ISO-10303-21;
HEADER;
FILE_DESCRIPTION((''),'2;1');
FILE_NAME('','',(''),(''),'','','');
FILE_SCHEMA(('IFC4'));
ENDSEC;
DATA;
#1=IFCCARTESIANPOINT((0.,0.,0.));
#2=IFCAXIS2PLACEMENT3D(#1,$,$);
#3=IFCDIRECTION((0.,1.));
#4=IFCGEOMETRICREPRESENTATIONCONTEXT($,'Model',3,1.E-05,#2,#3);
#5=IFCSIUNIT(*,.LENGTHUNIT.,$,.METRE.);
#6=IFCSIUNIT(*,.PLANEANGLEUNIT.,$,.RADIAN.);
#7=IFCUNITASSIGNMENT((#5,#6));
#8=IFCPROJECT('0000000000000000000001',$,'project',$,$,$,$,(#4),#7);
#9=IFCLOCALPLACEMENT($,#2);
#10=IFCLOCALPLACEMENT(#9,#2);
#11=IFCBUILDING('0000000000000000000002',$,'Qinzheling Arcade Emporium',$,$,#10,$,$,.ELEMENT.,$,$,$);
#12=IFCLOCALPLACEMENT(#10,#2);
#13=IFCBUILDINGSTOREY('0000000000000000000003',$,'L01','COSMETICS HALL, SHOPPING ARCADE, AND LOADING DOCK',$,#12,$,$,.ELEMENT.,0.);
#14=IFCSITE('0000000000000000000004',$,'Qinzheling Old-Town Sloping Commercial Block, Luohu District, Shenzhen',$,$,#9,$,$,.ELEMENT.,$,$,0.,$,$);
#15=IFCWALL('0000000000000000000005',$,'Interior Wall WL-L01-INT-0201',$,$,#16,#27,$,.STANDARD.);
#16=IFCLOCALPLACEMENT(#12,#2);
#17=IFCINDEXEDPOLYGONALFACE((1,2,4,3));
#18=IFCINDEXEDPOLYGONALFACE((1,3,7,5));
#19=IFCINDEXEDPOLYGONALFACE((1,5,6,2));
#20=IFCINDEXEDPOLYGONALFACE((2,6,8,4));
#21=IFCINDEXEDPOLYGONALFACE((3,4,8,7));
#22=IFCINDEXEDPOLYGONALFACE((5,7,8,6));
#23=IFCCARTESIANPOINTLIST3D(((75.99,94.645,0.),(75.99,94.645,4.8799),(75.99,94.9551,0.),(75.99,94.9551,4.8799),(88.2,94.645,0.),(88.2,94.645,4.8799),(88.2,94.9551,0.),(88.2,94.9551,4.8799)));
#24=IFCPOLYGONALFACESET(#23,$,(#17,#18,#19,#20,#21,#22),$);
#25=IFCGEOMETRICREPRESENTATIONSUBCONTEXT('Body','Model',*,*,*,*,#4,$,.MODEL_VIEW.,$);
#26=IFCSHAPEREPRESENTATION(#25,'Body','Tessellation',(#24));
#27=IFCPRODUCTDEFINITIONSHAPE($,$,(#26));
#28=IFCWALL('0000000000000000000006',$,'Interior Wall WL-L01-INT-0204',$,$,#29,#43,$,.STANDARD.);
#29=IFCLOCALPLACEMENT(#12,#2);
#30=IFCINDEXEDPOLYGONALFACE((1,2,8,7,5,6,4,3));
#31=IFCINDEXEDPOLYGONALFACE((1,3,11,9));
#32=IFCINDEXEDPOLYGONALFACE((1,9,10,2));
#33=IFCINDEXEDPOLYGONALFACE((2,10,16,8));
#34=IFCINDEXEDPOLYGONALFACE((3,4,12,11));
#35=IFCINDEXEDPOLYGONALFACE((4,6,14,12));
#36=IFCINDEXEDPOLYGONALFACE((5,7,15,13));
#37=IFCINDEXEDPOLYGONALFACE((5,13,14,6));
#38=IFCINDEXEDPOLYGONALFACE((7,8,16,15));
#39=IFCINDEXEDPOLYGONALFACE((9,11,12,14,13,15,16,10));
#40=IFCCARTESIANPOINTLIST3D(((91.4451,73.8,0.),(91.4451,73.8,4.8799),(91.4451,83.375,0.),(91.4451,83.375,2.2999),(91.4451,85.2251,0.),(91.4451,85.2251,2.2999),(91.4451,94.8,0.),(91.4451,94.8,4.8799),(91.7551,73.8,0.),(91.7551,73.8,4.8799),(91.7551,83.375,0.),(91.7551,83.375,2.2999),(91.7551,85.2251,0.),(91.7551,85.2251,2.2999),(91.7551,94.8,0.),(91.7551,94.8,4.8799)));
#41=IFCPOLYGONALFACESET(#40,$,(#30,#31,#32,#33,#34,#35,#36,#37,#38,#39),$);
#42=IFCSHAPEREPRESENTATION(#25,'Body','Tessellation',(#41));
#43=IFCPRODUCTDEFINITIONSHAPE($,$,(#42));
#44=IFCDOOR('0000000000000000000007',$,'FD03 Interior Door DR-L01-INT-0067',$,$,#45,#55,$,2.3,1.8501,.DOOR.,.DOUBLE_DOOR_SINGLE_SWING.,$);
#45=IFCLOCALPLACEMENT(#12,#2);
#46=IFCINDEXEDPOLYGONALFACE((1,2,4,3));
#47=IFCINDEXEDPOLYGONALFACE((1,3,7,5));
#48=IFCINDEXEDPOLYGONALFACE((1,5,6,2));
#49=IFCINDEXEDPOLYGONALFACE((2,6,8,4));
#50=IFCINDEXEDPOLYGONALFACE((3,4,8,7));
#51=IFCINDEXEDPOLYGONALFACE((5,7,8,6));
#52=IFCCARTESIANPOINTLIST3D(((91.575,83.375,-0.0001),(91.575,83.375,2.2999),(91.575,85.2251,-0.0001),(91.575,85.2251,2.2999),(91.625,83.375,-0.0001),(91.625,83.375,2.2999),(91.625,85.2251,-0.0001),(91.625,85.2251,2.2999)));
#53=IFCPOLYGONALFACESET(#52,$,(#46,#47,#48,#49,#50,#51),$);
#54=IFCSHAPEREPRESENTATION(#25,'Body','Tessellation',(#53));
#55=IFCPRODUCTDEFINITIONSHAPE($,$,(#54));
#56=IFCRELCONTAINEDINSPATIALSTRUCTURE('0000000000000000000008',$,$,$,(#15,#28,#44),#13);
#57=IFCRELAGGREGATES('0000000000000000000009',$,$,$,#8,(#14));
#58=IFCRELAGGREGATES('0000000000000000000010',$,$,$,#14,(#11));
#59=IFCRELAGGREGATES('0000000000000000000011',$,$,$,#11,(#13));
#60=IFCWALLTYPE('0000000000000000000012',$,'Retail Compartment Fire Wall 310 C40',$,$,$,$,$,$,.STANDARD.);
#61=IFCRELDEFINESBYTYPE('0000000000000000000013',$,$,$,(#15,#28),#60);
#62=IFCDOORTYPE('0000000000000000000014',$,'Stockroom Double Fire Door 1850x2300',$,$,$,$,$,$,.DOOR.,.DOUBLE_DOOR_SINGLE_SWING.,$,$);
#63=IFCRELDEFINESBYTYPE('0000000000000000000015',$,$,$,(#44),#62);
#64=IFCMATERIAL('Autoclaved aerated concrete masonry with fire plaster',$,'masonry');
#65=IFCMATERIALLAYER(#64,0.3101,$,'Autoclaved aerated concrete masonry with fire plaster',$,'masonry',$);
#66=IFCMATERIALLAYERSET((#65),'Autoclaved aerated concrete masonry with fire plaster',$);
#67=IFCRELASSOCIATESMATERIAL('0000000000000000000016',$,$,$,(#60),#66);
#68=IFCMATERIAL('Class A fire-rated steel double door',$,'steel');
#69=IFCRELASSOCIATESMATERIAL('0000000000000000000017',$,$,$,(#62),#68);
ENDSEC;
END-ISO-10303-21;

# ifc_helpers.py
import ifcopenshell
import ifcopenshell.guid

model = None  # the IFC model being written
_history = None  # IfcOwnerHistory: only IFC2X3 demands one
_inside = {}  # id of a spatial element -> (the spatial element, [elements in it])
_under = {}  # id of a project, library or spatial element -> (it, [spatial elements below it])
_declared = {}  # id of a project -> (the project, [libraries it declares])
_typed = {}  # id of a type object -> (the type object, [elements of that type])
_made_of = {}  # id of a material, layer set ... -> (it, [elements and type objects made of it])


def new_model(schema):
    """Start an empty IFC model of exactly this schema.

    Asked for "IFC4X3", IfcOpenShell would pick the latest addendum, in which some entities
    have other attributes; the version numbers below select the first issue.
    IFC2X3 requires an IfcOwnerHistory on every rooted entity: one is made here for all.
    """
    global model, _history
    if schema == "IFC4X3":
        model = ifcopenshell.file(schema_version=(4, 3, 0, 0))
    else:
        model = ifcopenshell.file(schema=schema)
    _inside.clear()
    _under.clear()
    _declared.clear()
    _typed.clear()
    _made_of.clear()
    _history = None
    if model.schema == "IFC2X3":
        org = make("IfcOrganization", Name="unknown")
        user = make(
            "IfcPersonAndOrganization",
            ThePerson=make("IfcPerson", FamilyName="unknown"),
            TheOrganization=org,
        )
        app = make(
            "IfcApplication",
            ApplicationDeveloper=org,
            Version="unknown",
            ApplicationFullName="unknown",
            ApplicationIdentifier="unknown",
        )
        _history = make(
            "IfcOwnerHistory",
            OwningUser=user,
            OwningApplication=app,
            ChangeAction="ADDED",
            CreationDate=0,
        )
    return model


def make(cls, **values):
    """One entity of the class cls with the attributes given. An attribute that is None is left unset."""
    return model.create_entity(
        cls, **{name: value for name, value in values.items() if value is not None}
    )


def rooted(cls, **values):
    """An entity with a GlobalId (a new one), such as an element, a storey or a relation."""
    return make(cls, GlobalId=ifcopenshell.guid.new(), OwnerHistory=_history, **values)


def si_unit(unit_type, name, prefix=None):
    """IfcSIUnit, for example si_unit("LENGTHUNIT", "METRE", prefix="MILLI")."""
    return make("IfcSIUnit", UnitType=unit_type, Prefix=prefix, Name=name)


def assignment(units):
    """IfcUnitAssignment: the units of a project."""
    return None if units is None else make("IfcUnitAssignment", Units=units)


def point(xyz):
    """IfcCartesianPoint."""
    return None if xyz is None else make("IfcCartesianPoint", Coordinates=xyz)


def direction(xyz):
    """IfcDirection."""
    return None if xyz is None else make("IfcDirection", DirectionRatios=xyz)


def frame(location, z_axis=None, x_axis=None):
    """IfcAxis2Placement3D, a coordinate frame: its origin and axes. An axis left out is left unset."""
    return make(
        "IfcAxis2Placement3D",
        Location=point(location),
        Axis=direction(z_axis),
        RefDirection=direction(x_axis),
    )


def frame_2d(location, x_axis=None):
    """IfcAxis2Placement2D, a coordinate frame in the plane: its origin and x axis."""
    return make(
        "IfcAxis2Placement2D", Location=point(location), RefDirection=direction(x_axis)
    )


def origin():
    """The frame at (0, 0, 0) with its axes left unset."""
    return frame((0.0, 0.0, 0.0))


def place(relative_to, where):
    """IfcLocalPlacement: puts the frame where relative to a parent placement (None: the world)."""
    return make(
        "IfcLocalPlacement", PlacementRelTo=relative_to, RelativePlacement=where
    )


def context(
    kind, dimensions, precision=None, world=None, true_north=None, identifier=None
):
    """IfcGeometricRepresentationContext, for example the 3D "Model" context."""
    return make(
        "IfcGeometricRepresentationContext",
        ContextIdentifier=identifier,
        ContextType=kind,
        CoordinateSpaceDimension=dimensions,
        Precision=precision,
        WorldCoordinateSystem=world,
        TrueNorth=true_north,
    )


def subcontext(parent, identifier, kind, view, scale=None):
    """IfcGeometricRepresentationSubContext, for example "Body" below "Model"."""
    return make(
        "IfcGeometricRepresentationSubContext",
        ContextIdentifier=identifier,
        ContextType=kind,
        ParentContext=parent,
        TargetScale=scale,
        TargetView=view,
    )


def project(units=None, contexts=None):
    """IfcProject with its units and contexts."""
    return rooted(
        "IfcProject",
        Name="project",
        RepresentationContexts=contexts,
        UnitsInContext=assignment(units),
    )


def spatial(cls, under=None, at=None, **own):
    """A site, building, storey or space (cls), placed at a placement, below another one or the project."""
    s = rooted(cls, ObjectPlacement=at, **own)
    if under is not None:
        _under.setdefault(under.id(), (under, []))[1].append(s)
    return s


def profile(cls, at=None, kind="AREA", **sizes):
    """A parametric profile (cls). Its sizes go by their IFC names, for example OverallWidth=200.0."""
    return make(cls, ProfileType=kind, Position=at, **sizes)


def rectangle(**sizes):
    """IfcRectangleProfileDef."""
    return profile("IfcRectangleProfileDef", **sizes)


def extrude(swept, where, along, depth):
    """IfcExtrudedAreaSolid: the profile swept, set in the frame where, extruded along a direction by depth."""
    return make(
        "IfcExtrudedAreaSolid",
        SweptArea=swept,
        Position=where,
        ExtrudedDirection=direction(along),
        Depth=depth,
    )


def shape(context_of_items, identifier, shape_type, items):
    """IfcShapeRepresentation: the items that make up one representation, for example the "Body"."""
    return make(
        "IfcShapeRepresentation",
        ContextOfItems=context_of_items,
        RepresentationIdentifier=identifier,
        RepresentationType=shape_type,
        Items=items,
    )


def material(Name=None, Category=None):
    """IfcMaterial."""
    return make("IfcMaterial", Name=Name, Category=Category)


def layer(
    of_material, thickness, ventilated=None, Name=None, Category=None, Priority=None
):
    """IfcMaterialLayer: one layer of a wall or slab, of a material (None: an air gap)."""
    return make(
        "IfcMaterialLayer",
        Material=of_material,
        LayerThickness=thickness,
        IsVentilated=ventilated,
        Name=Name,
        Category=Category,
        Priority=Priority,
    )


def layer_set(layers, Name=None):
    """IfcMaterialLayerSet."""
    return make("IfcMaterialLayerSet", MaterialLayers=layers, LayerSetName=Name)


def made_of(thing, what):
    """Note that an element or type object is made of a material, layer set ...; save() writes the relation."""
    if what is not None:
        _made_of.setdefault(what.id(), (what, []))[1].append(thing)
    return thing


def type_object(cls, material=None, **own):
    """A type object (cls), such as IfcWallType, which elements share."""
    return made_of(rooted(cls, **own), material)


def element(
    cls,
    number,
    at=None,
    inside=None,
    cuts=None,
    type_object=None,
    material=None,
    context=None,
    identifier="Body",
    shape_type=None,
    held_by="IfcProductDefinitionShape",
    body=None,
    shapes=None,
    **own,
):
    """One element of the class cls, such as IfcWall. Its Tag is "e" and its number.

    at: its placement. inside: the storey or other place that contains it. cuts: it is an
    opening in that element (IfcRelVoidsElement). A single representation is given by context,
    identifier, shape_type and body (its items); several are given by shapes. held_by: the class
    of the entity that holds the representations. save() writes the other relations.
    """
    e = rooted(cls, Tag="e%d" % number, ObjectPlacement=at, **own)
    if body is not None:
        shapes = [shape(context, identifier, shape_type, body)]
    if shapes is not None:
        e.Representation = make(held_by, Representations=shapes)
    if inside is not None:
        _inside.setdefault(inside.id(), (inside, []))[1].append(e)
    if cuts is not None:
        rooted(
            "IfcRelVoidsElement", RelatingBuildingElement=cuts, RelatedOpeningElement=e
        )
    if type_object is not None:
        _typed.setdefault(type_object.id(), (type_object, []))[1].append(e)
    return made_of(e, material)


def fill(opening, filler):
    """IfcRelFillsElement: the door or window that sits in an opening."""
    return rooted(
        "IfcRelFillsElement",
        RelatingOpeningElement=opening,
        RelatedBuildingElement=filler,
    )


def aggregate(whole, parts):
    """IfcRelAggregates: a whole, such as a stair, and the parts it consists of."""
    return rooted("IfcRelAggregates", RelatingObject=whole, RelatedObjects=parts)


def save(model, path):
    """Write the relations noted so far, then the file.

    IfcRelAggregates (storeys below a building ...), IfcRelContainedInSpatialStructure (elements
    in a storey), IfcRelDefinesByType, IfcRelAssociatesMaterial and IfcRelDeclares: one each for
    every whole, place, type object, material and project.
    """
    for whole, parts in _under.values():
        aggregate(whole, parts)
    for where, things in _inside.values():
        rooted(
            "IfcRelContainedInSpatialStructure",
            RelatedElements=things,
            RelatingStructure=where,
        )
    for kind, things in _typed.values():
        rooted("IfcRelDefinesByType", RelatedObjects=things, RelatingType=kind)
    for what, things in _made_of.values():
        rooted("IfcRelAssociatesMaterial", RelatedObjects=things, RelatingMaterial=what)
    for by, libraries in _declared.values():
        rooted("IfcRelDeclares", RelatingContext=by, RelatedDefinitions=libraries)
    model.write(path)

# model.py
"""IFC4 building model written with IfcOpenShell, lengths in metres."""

from ifc_helpers import new_model, si_unit, direction, frame, frame_2d, origin, place, context, subcontext, project, spatial, rectangle, extrude, material, layer, layer_set, type_object, element, fill, save


model = new_model("IFC4")

# Units and contexts
model_context = context("Model", 3, precision=1e-05, world=origin(), true_north=direction((0.0, 1.0)))
body_context = subcontext(model_context, "Body", "Model", "MODEL_VIEW")
ifc_project = project(units=[si_unit("LENGTHUNIT", "METRE"), si_unit("PLANEANGLEUNIT", "RADIAN")], contexts=[model_context])

# Site, building, storey
site_placement = place(None, origin())
site = spatial("IfcSite", under=ifc_project, at=site_placement, Name="Qinzheling Old-Town Sloping Commercial Block, Luohu District, Shenzhen", CompositionType="ELEMENT", RefElevation=0.0)
building_placement = place(site_placement, origin())
building = spatial("IfcBuilding", under=site, at=building_placement, Name="Qinzheling Arcade Emporium", CompositionType="ELEMENT")
storey_placement = place(building_placement, origin())
storey = spatial("IfcBuildingStorey", under=building, at=storey_placement, Name="L01", Description="COSMETICS HALL, SHOPPING ARCADE, AND LOADING DOCK", CompositionType="ELEMENT", Elevation=0.0)

# Wall
ifc_material_1 = material(Name="Autoclaved aerated concrete masonry with fire plaster", Category="masonry")
ifc_layer_1 = layer(ifc_material_1, 0.3101, Name="Autoclaved aerated concrete masonry with fire plaster", Category="masonry")
ifc_layer_set_1 = layer_set([ifc_layer_1], Name="Autoclaved aerated concrete masonry with fire plaster")
wall_type_1 = type_object("IfcWallType", Name="Retail Compartment Fire Wall 310 C40", PredefinedType="STANDARD", material=ifc_layer_set_1)
wall_1_placement = place(storey_placement, frame((88.2, 94.8, 0.0), z_axis=(0.0, 0.0, 1.0), x_axis=(-1.0, 0.0, 0.0)))
element("IfcWall", 1, at=wall_1_placement, inside=storey, type_object=wall_type_1, Name="Interior Wall WL-L01-INT-0201", PredefinedType="STANDARD", context=body_context, shape_type="SweptSolid", body=[
    extrude(rectangle(XDim=12.21, YDim=0.3101, at=frame_2d((6.105, 0.0))), origin(), (0.0, 0.0, 1.0), 4.8799),
])

# Wall, opening, door
wall_2_placement = place(storey_placement, frame((91.6001, 94.8, 0.0), z_axis=(0.0, 0.0, 1.0), x_axis=(0.0, -1.0, 0.0)))
wall_2 = element("IfcWall", 2, at=wall_2_placement, inside=storey, type_object=wall_type_1, Name="Interior Wall WL-L01-INT-0204", PredefinedType="STANDARD", context=body_context, shape_type="SweptSolid", body=[
    extrude(rectangle(XDim=21.0, YDim=0.3101, at=frame_2d((10.5, 0.0))), origin(), (0.0, 0.0, 1.0), 4.8799),
])
opening_1_placement = place(wall_2_placement, frame((9.575, 0.0, 0.0)))
opening_1 = element("IfcOpeningElement", 3, at=opening_1_placement, cuts=wall_2, PredefinedType="OPENING", context=body_context, shape_type="SweptSolid", body=[
    extrude(rectangle(XDim=1.8501, YDim=2.3, at=frame_2d((0.925, 1.1499))), frame((0.0, 0.165, 0.0), z_axis=(0.0, -1.0, 0.0), x_axis=(1.0, 0.0, 0.0)), (0.0, 0.0, 1.0), 0.3301),
])
ifc_material_2 = material(Name="Class A fire-rated steel double door", Category="steel")
door_type_1 = type_object("IfcDoorType", Name="Stockroom Double Fire Door 1850x2300", OperationType="DOUBLE_DOOR_SINGLE_SWING", PredefinedType="DOOR", material=ifc_material_2)
door_1_placement = place(opening_1_placement, origin())
door_1 = element("IfcDoor", 4, at=door_1_placement, inside=storey, type_object=door_type_1, Name="FD03 Interior Door DR-L01-INT-0067", OperationType="DOUBLE_DOOR_SINGLE_SWING", OverallHeight=2.3, OverallWidth=1.8501, PredefinedType="DOOR", context=body_context, shape_type="SweptSolid", body=[
    extrude(rectangle(XDim=1.8501, YDim=2.3, at=frame_2d((0.925, 1.1499))), frame((0.0, 0.0249, 0.0), z_axis=(0.0, -1.0, 0.0), x_axis=(1.0, 0.0, 0.0)), (0.0, 0.0, 1.0), 0.05),
])
fill(opening_1, door_1)

save(model, "model.ifc")
